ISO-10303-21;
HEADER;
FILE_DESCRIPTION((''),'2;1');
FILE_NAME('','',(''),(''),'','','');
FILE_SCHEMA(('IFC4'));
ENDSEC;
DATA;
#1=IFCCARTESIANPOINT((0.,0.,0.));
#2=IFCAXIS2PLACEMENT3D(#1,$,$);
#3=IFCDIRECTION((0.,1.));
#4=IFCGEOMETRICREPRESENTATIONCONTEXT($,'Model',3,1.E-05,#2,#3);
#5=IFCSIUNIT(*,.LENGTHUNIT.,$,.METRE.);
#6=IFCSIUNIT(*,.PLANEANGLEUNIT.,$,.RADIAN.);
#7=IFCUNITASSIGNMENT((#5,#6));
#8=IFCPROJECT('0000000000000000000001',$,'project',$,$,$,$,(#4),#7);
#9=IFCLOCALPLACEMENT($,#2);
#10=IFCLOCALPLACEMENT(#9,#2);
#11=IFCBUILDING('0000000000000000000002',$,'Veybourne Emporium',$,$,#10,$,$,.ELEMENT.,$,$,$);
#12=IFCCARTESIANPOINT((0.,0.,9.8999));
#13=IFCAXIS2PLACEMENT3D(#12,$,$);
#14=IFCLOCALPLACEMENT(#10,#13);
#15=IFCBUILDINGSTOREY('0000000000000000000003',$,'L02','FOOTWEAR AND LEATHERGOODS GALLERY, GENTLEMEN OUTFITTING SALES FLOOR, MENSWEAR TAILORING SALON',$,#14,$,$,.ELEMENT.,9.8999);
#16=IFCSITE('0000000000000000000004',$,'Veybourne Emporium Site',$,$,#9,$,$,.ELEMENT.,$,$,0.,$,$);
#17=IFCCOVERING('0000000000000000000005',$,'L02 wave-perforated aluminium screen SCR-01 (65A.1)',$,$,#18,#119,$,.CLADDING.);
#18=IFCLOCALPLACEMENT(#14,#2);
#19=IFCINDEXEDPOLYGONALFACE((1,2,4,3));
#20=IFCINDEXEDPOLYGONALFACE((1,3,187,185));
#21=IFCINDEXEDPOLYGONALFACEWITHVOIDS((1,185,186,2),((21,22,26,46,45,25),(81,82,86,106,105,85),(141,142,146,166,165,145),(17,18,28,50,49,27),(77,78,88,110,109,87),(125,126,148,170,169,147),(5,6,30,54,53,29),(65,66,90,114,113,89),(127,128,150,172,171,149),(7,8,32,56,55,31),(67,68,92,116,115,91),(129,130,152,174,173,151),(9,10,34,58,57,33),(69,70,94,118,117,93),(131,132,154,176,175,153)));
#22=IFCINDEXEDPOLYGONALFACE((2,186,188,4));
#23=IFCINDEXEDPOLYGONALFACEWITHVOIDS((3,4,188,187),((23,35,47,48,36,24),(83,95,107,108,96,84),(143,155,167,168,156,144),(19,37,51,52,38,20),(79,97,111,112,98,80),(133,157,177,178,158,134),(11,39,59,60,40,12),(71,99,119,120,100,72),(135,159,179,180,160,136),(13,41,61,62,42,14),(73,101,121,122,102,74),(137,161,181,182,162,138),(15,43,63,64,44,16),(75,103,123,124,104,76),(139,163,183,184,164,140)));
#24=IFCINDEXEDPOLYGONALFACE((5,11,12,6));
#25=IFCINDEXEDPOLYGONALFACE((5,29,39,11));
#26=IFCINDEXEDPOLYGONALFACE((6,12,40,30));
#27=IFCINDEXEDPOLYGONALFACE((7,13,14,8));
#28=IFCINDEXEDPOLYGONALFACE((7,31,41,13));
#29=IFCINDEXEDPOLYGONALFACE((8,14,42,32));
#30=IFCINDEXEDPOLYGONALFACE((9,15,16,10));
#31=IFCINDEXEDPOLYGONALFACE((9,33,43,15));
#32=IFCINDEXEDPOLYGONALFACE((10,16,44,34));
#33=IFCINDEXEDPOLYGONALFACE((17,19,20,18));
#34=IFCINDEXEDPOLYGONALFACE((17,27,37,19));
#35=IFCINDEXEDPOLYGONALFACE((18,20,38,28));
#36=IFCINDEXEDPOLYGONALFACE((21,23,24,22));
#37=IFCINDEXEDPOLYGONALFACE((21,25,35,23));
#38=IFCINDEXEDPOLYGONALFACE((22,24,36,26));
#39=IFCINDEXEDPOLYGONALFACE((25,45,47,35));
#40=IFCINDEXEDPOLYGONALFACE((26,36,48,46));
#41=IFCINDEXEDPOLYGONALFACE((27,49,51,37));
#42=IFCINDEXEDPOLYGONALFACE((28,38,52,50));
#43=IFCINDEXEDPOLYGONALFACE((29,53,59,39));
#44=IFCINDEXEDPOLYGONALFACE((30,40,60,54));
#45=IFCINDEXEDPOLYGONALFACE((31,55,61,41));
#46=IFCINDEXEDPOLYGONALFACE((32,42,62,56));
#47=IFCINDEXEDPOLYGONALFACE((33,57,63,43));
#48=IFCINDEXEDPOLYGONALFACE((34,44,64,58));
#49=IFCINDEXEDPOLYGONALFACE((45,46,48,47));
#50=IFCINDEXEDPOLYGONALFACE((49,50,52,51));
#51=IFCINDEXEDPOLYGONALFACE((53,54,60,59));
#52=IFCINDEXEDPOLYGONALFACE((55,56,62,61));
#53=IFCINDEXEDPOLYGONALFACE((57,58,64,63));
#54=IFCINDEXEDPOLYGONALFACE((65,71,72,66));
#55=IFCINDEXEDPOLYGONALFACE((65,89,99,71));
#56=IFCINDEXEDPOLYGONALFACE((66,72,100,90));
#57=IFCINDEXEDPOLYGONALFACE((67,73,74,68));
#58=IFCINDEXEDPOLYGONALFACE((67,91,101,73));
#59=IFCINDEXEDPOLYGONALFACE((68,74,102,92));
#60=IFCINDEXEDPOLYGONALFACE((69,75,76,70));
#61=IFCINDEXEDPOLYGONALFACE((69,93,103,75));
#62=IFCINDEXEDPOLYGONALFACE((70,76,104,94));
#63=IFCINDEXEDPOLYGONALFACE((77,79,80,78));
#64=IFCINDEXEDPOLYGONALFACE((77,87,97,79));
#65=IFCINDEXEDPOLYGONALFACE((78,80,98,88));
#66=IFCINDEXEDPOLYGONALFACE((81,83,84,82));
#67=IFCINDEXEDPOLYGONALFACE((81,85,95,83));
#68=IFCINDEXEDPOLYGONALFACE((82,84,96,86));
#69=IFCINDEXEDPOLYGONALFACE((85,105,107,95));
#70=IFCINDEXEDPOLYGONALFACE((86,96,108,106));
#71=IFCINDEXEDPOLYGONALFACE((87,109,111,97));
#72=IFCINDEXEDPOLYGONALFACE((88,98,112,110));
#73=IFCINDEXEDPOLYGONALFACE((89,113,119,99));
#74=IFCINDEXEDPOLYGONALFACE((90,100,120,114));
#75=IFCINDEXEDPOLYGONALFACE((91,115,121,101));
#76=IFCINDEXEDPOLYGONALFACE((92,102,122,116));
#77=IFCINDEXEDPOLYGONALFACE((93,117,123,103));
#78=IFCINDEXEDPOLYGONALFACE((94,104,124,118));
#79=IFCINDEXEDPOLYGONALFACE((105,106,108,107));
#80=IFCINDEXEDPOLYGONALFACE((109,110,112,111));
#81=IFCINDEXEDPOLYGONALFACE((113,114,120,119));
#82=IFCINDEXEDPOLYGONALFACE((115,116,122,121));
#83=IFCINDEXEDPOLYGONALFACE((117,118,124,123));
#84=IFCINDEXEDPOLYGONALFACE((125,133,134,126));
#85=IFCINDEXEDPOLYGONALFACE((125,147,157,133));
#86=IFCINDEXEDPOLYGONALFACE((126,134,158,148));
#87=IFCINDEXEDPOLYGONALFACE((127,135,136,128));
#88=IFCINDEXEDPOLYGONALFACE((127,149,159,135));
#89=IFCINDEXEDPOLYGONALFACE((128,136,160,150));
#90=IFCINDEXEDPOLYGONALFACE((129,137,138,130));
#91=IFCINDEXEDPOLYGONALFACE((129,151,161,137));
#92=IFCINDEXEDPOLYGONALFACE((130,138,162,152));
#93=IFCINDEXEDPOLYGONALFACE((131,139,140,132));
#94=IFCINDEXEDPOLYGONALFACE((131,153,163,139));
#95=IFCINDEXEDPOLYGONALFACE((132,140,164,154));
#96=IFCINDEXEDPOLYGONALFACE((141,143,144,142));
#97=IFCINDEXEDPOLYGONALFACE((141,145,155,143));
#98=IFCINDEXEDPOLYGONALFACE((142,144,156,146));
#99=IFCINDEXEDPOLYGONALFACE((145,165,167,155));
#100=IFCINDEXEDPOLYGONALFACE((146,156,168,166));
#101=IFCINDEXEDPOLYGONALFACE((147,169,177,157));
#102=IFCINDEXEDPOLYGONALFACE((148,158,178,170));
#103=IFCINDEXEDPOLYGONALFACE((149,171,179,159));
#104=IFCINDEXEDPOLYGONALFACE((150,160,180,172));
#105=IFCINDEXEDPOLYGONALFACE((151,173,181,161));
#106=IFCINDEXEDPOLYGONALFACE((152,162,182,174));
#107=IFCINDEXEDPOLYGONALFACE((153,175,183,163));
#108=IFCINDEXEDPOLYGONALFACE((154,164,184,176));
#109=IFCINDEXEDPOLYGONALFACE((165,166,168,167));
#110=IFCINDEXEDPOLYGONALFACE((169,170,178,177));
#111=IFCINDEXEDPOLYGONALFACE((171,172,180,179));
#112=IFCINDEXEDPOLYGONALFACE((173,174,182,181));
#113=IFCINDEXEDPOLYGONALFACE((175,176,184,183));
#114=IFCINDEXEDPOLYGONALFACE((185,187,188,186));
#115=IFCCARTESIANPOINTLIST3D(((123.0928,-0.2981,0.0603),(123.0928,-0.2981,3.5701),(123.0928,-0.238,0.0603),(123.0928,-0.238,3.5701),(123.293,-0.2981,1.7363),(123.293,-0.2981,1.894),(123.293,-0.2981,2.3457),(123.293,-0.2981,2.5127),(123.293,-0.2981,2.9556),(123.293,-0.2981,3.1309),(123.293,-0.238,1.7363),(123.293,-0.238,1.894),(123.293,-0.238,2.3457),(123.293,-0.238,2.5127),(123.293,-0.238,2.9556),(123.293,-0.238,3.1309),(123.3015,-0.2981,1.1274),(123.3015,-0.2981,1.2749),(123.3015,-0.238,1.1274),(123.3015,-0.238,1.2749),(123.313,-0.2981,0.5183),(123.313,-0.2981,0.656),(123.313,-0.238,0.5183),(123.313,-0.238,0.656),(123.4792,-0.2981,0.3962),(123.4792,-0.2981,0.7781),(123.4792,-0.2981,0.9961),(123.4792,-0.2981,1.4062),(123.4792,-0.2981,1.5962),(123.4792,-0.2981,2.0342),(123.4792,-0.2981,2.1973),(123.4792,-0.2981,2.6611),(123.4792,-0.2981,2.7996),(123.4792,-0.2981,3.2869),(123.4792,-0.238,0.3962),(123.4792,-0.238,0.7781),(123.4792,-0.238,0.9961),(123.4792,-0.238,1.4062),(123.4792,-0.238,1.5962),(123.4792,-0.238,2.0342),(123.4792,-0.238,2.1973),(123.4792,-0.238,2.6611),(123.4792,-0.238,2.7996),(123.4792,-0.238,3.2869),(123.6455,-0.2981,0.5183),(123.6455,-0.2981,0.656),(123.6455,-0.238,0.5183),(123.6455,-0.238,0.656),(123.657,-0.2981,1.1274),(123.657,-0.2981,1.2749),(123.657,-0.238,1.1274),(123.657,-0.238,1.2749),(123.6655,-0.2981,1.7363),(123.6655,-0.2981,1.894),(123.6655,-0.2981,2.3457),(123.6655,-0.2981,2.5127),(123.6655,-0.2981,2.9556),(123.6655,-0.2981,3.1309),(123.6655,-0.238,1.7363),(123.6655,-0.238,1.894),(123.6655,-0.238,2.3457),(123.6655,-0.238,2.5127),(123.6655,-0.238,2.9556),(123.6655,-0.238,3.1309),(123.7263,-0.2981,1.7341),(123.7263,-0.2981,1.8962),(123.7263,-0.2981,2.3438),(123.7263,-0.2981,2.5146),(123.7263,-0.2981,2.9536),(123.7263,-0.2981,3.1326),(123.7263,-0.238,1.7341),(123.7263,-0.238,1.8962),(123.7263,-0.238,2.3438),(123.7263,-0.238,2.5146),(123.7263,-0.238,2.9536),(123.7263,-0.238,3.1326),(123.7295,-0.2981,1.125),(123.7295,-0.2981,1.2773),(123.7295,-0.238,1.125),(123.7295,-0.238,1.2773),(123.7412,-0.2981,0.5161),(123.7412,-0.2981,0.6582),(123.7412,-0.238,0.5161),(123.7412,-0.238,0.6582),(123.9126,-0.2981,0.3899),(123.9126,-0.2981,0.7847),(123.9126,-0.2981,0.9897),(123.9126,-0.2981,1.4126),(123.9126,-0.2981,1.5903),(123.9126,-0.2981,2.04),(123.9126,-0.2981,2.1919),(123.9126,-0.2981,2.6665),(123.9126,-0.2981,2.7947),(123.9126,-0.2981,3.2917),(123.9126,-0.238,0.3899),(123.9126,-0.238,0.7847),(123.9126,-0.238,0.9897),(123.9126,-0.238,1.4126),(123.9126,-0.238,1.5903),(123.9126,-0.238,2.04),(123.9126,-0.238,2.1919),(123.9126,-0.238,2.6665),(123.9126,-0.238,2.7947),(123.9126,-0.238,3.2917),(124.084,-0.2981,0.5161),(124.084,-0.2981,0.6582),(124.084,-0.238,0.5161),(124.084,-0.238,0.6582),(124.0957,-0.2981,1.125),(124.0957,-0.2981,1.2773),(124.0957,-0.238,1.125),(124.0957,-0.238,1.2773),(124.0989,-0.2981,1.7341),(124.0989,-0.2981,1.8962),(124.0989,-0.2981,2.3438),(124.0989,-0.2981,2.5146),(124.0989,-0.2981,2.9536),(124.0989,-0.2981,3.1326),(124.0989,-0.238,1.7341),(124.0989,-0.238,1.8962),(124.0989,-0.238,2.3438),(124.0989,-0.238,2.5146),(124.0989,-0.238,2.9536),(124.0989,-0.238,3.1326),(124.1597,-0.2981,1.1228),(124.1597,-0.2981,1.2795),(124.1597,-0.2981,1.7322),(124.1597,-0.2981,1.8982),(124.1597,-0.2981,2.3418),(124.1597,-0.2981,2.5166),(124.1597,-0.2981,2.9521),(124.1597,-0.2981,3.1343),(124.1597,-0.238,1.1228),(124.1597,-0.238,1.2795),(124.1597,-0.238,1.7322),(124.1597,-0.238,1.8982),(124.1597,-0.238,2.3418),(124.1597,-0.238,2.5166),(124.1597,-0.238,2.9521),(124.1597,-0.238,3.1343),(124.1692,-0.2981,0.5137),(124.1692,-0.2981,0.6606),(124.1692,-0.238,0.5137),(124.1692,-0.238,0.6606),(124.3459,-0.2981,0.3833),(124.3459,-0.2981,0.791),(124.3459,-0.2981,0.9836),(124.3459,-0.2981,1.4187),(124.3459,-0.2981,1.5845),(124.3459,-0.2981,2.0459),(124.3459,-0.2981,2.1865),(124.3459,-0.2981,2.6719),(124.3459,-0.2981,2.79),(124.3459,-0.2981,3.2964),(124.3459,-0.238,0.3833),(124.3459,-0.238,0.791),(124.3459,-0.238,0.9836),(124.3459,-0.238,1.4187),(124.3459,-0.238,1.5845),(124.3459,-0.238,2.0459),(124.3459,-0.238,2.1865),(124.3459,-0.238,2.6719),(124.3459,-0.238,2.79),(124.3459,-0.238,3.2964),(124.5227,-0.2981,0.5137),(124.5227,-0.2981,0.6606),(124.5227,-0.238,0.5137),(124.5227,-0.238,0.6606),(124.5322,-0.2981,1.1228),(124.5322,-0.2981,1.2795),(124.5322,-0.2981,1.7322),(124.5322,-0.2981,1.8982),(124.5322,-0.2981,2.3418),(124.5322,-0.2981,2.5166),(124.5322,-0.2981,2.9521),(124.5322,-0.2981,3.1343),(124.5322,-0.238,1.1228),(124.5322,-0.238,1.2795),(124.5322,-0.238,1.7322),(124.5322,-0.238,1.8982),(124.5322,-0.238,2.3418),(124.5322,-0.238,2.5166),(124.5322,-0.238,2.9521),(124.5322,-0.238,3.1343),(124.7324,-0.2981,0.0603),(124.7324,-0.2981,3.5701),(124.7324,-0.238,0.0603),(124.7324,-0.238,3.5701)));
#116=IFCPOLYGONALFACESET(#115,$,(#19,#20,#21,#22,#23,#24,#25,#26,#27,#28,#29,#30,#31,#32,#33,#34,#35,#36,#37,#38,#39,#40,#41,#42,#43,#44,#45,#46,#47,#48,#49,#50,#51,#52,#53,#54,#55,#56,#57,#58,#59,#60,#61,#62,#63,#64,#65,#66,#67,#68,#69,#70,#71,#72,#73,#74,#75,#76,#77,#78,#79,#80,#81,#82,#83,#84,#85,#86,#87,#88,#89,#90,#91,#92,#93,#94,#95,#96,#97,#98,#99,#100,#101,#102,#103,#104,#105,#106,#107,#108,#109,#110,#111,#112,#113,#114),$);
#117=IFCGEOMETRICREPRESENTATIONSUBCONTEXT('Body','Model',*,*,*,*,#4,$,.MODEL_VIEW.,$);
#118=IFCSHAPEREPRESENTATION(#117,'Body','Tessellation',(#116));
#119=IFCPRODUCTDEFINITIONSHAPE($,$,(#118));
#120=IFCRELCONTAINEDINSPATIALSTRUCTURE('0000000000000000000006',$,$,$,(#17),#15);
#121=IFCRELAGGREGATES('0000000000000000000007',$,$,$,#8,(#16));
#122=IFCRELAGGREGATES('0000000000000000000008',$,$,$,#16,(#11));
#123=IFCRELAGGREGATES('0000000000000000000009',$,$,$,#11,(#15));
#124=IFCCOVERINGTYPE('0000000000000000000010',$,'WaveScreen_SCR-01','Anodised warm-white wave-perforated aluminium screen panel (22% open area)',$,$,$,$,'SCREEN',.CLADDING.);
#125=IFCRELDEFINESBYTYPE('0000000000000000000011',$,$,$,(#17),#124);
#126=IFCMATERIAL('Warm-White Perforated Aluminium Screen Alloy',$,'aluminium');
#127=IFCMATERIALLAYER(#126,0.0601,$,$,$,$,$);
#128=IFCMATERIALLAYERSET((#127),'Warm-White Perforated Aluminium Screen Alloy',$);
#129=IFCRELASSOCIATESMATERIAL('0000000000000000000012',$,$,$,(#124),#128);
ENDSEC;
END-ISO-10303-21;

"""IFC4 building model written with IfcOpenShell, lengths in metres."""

from ifc_helpers import new_model, si_unit, direction, frame, origin, place, context, subcontext, project, spatial, polyline, outline, extrude, material, layer, layer_set, type_object, element, save


model = new_model("IFC4")

# Units and contexts
model_context = context("Model", 3, precision=1e-05, world=origin(), true_north=direction((0.0, 1.0)))
body_context = subcontext(model_context, "Body", "Model", "MODEL_VIEW")
ifc_project = project(units=[si_unit("LENGTHUNIT", "METRE"), si_unit("PLANEANGLEUNIT", "RADIAN")], contexts=[model_context])

# Site, building, storey
site_placement = place(None, origin())
site = spatial("IfcSite", under=ifc_project, at=site_placement, Name="Veybourne Emporium Site", CompositionType="ELEMENT", RefElevation=0.0)
building_placement = place(site_placement, origin())
building = spatial("IfcBuilding", under=site, at=building_placement, Name="Veybourne Emporium", CompositionType="ELEMENT")
storey_placement = place(building_placement, frame((0.0, 0.0, 9.8999)))
storey = spatial("IfcBuildingStorey", under=building, at=storey_placement, Name="L02", Description="FOOTWEAR AND LEATHERGOODS GALLERY, GENTLEMEN OUTFITTING SALES FLOOR, MENSWEAR TAILORING SALON", CompositionType="ELEMENT", Elevation=9.8999)

# Covering
ifc_material_1 = material(Name="Warm-White Perforated Aluminium Screen Alloy", Category="aluminium")
ifc_layer_1 = layer(ifc_material_1, 0.0601)
ifc_layer_set_1 = layer_set([ifc_layer_1], Name="Warm-White Perforated Aluminium Screen Alloy")
covering_type_1 = type_object("IfcCoveringType", Name="WaveScreen_SCR-01", Description="Anodised warm-white wave-perforated aluminium screen panel (22% open area)", ElementType="SCREEN", PredefinedType="CLADDING", material=ifc_layer_set_1)
covering_1_placement = place(storey_placement, frame((123.9126, -0.2981, 1.8152), z_axis=(0.0, 1.0, 0.0), x_axis=(-1.0, 0.0, 0.0)))
element("IfcCovering", 1, at=covering_1_placement, inside=storey, type_object=covering_type_1, Name="L02 wave-perforated aluminium screen SCR-01 (65A.1)", PredefinedType="CLADDING", context=body_context, shape_type="SweptSolid", body=[
    extrude(outline(polyline([(-0.8198, -1.7549), (0.8198, -1.7549), (0.8198, 1.7549), (-0.8198, 1.7549), (-0.8198, -1.7549)]), holes=[polyline([(-0.4333, -1.0242), (-0.2566, -1.1545), (-0.2566, -1.3015), (-0.4333, -1.4319), (-0.6101, -1.3015), (-0.6101, -1.1545), (-0.4333, -1.0242)]), polyline([(-0.4333, -0.3965), (-0.2471, -0.5356), (-0.2471, -0.6924), (-0.4333, -0.8315), (-0.6196, -0.6924), (-0.6196, -0.5356), (-0.4333, -0.3965)]), polyline([(-0.4333, 0.2307), (-0.2471, 0.083), (-0.2471, -0.083), (-0.4333, -0.2307), (-0.6196, -0.083), (-0.6196, 0.083), (-0.4333, 0.2307)]), polyline([(-0.4333, 0.8567), (-0.2471, 0.7014), (-0.2471, 0.5266), (-0.4333, 0.3713), (-0.6196, 0.5266), (-0.6196, 0.7014), (-0.4333, 0.8567)]), polyline([(-0.4333, 1.4812), (-0.2471, 1.3191), (-0.2471, 1.137), (-0.4333, 0.9749), (-0.6196, 1.137), (-0.6196, 1.3191), (-0.4333, 1.4812)]), polyline([(0.0, -1.0305), (0.1714, -1.157), (0.1714, -1.2991), (0.0, -1.4253), (-0.1714, -1.2991), (-0.1714, -1.157), (0.0, -1.0305)]), polyline([(0.0, -0.4026), (0.1831, -0.5378), (0.1831, -0.6902), (0.0, -0.8254), (-0.1831, -0.6902), (-0.1831, -0.5378), (0.0, -0.4026)]), polyline([(0.0, 0.2249), (0.1863, 0.0811), (0.1863, -0.0811), (0.0, -0.2249), (-0.1863, -0.0811), (-0.1863, 0.0811), (0.0, 0.2249)]), polyline([(0.0, 0.8513), (0.1863, 0.6995), (0.1863, 0.5286), (0.0, 0.3767), (-0.1863, 0.5286), (-0.1863, 0.6995), (0.0, 0.8513)]), polyline([(0.0, 1.4766), (0.1863, 1.3174), (0.1863, 1.1384), (0.0, 0.9795), (-0.1863, 1.1384), (-0.1863, 1.3174), (0.0, 1.4766)]), polyline([(0.4333, -1.0371), (0.5996, -1.1592), (0.5996, -1.2969), (0.4333, -1.4189), (0.2671, -1.2969), (0.2671, -1.1592), (0.4333, -1.0371)]), polyline([(0.4333, -0.4089), (0.6111, -0.5403), (0.6111, -0.6877), (0.4333, -0.8191), (0.2556, -0.6877), (0.2556, -0.5403), (0.4333, -0.4089)]), polyline([(0.4333, 0.219), (0.6196, 0.0789), (0.6196, -0.0789), (0.4333, -0.219), (0.2471, -0.0789), (0.2471, 0.0789), (0.4333, 0.219)]), polyline([(0.4333, 0.8459), (0.6196, 0.6975), (0.6196, 0.5305), (0.4333, 0.3821), (0.2471, 0.5305), (0.2471, 0.6975), (0.4333, 0.8459)]), polyline([(0.4333, 1.4717), (0.6196, 1.3157), (0.6196, 1.1404), (0.4333, 0.9844), (0.2471, 1.1404), (0.2471, 1.3157), (0.4333, 1.4717)])]), origin(), (0.0, 0.0, 1.0), 0.0601),
])

save(model, "model.ifc")
